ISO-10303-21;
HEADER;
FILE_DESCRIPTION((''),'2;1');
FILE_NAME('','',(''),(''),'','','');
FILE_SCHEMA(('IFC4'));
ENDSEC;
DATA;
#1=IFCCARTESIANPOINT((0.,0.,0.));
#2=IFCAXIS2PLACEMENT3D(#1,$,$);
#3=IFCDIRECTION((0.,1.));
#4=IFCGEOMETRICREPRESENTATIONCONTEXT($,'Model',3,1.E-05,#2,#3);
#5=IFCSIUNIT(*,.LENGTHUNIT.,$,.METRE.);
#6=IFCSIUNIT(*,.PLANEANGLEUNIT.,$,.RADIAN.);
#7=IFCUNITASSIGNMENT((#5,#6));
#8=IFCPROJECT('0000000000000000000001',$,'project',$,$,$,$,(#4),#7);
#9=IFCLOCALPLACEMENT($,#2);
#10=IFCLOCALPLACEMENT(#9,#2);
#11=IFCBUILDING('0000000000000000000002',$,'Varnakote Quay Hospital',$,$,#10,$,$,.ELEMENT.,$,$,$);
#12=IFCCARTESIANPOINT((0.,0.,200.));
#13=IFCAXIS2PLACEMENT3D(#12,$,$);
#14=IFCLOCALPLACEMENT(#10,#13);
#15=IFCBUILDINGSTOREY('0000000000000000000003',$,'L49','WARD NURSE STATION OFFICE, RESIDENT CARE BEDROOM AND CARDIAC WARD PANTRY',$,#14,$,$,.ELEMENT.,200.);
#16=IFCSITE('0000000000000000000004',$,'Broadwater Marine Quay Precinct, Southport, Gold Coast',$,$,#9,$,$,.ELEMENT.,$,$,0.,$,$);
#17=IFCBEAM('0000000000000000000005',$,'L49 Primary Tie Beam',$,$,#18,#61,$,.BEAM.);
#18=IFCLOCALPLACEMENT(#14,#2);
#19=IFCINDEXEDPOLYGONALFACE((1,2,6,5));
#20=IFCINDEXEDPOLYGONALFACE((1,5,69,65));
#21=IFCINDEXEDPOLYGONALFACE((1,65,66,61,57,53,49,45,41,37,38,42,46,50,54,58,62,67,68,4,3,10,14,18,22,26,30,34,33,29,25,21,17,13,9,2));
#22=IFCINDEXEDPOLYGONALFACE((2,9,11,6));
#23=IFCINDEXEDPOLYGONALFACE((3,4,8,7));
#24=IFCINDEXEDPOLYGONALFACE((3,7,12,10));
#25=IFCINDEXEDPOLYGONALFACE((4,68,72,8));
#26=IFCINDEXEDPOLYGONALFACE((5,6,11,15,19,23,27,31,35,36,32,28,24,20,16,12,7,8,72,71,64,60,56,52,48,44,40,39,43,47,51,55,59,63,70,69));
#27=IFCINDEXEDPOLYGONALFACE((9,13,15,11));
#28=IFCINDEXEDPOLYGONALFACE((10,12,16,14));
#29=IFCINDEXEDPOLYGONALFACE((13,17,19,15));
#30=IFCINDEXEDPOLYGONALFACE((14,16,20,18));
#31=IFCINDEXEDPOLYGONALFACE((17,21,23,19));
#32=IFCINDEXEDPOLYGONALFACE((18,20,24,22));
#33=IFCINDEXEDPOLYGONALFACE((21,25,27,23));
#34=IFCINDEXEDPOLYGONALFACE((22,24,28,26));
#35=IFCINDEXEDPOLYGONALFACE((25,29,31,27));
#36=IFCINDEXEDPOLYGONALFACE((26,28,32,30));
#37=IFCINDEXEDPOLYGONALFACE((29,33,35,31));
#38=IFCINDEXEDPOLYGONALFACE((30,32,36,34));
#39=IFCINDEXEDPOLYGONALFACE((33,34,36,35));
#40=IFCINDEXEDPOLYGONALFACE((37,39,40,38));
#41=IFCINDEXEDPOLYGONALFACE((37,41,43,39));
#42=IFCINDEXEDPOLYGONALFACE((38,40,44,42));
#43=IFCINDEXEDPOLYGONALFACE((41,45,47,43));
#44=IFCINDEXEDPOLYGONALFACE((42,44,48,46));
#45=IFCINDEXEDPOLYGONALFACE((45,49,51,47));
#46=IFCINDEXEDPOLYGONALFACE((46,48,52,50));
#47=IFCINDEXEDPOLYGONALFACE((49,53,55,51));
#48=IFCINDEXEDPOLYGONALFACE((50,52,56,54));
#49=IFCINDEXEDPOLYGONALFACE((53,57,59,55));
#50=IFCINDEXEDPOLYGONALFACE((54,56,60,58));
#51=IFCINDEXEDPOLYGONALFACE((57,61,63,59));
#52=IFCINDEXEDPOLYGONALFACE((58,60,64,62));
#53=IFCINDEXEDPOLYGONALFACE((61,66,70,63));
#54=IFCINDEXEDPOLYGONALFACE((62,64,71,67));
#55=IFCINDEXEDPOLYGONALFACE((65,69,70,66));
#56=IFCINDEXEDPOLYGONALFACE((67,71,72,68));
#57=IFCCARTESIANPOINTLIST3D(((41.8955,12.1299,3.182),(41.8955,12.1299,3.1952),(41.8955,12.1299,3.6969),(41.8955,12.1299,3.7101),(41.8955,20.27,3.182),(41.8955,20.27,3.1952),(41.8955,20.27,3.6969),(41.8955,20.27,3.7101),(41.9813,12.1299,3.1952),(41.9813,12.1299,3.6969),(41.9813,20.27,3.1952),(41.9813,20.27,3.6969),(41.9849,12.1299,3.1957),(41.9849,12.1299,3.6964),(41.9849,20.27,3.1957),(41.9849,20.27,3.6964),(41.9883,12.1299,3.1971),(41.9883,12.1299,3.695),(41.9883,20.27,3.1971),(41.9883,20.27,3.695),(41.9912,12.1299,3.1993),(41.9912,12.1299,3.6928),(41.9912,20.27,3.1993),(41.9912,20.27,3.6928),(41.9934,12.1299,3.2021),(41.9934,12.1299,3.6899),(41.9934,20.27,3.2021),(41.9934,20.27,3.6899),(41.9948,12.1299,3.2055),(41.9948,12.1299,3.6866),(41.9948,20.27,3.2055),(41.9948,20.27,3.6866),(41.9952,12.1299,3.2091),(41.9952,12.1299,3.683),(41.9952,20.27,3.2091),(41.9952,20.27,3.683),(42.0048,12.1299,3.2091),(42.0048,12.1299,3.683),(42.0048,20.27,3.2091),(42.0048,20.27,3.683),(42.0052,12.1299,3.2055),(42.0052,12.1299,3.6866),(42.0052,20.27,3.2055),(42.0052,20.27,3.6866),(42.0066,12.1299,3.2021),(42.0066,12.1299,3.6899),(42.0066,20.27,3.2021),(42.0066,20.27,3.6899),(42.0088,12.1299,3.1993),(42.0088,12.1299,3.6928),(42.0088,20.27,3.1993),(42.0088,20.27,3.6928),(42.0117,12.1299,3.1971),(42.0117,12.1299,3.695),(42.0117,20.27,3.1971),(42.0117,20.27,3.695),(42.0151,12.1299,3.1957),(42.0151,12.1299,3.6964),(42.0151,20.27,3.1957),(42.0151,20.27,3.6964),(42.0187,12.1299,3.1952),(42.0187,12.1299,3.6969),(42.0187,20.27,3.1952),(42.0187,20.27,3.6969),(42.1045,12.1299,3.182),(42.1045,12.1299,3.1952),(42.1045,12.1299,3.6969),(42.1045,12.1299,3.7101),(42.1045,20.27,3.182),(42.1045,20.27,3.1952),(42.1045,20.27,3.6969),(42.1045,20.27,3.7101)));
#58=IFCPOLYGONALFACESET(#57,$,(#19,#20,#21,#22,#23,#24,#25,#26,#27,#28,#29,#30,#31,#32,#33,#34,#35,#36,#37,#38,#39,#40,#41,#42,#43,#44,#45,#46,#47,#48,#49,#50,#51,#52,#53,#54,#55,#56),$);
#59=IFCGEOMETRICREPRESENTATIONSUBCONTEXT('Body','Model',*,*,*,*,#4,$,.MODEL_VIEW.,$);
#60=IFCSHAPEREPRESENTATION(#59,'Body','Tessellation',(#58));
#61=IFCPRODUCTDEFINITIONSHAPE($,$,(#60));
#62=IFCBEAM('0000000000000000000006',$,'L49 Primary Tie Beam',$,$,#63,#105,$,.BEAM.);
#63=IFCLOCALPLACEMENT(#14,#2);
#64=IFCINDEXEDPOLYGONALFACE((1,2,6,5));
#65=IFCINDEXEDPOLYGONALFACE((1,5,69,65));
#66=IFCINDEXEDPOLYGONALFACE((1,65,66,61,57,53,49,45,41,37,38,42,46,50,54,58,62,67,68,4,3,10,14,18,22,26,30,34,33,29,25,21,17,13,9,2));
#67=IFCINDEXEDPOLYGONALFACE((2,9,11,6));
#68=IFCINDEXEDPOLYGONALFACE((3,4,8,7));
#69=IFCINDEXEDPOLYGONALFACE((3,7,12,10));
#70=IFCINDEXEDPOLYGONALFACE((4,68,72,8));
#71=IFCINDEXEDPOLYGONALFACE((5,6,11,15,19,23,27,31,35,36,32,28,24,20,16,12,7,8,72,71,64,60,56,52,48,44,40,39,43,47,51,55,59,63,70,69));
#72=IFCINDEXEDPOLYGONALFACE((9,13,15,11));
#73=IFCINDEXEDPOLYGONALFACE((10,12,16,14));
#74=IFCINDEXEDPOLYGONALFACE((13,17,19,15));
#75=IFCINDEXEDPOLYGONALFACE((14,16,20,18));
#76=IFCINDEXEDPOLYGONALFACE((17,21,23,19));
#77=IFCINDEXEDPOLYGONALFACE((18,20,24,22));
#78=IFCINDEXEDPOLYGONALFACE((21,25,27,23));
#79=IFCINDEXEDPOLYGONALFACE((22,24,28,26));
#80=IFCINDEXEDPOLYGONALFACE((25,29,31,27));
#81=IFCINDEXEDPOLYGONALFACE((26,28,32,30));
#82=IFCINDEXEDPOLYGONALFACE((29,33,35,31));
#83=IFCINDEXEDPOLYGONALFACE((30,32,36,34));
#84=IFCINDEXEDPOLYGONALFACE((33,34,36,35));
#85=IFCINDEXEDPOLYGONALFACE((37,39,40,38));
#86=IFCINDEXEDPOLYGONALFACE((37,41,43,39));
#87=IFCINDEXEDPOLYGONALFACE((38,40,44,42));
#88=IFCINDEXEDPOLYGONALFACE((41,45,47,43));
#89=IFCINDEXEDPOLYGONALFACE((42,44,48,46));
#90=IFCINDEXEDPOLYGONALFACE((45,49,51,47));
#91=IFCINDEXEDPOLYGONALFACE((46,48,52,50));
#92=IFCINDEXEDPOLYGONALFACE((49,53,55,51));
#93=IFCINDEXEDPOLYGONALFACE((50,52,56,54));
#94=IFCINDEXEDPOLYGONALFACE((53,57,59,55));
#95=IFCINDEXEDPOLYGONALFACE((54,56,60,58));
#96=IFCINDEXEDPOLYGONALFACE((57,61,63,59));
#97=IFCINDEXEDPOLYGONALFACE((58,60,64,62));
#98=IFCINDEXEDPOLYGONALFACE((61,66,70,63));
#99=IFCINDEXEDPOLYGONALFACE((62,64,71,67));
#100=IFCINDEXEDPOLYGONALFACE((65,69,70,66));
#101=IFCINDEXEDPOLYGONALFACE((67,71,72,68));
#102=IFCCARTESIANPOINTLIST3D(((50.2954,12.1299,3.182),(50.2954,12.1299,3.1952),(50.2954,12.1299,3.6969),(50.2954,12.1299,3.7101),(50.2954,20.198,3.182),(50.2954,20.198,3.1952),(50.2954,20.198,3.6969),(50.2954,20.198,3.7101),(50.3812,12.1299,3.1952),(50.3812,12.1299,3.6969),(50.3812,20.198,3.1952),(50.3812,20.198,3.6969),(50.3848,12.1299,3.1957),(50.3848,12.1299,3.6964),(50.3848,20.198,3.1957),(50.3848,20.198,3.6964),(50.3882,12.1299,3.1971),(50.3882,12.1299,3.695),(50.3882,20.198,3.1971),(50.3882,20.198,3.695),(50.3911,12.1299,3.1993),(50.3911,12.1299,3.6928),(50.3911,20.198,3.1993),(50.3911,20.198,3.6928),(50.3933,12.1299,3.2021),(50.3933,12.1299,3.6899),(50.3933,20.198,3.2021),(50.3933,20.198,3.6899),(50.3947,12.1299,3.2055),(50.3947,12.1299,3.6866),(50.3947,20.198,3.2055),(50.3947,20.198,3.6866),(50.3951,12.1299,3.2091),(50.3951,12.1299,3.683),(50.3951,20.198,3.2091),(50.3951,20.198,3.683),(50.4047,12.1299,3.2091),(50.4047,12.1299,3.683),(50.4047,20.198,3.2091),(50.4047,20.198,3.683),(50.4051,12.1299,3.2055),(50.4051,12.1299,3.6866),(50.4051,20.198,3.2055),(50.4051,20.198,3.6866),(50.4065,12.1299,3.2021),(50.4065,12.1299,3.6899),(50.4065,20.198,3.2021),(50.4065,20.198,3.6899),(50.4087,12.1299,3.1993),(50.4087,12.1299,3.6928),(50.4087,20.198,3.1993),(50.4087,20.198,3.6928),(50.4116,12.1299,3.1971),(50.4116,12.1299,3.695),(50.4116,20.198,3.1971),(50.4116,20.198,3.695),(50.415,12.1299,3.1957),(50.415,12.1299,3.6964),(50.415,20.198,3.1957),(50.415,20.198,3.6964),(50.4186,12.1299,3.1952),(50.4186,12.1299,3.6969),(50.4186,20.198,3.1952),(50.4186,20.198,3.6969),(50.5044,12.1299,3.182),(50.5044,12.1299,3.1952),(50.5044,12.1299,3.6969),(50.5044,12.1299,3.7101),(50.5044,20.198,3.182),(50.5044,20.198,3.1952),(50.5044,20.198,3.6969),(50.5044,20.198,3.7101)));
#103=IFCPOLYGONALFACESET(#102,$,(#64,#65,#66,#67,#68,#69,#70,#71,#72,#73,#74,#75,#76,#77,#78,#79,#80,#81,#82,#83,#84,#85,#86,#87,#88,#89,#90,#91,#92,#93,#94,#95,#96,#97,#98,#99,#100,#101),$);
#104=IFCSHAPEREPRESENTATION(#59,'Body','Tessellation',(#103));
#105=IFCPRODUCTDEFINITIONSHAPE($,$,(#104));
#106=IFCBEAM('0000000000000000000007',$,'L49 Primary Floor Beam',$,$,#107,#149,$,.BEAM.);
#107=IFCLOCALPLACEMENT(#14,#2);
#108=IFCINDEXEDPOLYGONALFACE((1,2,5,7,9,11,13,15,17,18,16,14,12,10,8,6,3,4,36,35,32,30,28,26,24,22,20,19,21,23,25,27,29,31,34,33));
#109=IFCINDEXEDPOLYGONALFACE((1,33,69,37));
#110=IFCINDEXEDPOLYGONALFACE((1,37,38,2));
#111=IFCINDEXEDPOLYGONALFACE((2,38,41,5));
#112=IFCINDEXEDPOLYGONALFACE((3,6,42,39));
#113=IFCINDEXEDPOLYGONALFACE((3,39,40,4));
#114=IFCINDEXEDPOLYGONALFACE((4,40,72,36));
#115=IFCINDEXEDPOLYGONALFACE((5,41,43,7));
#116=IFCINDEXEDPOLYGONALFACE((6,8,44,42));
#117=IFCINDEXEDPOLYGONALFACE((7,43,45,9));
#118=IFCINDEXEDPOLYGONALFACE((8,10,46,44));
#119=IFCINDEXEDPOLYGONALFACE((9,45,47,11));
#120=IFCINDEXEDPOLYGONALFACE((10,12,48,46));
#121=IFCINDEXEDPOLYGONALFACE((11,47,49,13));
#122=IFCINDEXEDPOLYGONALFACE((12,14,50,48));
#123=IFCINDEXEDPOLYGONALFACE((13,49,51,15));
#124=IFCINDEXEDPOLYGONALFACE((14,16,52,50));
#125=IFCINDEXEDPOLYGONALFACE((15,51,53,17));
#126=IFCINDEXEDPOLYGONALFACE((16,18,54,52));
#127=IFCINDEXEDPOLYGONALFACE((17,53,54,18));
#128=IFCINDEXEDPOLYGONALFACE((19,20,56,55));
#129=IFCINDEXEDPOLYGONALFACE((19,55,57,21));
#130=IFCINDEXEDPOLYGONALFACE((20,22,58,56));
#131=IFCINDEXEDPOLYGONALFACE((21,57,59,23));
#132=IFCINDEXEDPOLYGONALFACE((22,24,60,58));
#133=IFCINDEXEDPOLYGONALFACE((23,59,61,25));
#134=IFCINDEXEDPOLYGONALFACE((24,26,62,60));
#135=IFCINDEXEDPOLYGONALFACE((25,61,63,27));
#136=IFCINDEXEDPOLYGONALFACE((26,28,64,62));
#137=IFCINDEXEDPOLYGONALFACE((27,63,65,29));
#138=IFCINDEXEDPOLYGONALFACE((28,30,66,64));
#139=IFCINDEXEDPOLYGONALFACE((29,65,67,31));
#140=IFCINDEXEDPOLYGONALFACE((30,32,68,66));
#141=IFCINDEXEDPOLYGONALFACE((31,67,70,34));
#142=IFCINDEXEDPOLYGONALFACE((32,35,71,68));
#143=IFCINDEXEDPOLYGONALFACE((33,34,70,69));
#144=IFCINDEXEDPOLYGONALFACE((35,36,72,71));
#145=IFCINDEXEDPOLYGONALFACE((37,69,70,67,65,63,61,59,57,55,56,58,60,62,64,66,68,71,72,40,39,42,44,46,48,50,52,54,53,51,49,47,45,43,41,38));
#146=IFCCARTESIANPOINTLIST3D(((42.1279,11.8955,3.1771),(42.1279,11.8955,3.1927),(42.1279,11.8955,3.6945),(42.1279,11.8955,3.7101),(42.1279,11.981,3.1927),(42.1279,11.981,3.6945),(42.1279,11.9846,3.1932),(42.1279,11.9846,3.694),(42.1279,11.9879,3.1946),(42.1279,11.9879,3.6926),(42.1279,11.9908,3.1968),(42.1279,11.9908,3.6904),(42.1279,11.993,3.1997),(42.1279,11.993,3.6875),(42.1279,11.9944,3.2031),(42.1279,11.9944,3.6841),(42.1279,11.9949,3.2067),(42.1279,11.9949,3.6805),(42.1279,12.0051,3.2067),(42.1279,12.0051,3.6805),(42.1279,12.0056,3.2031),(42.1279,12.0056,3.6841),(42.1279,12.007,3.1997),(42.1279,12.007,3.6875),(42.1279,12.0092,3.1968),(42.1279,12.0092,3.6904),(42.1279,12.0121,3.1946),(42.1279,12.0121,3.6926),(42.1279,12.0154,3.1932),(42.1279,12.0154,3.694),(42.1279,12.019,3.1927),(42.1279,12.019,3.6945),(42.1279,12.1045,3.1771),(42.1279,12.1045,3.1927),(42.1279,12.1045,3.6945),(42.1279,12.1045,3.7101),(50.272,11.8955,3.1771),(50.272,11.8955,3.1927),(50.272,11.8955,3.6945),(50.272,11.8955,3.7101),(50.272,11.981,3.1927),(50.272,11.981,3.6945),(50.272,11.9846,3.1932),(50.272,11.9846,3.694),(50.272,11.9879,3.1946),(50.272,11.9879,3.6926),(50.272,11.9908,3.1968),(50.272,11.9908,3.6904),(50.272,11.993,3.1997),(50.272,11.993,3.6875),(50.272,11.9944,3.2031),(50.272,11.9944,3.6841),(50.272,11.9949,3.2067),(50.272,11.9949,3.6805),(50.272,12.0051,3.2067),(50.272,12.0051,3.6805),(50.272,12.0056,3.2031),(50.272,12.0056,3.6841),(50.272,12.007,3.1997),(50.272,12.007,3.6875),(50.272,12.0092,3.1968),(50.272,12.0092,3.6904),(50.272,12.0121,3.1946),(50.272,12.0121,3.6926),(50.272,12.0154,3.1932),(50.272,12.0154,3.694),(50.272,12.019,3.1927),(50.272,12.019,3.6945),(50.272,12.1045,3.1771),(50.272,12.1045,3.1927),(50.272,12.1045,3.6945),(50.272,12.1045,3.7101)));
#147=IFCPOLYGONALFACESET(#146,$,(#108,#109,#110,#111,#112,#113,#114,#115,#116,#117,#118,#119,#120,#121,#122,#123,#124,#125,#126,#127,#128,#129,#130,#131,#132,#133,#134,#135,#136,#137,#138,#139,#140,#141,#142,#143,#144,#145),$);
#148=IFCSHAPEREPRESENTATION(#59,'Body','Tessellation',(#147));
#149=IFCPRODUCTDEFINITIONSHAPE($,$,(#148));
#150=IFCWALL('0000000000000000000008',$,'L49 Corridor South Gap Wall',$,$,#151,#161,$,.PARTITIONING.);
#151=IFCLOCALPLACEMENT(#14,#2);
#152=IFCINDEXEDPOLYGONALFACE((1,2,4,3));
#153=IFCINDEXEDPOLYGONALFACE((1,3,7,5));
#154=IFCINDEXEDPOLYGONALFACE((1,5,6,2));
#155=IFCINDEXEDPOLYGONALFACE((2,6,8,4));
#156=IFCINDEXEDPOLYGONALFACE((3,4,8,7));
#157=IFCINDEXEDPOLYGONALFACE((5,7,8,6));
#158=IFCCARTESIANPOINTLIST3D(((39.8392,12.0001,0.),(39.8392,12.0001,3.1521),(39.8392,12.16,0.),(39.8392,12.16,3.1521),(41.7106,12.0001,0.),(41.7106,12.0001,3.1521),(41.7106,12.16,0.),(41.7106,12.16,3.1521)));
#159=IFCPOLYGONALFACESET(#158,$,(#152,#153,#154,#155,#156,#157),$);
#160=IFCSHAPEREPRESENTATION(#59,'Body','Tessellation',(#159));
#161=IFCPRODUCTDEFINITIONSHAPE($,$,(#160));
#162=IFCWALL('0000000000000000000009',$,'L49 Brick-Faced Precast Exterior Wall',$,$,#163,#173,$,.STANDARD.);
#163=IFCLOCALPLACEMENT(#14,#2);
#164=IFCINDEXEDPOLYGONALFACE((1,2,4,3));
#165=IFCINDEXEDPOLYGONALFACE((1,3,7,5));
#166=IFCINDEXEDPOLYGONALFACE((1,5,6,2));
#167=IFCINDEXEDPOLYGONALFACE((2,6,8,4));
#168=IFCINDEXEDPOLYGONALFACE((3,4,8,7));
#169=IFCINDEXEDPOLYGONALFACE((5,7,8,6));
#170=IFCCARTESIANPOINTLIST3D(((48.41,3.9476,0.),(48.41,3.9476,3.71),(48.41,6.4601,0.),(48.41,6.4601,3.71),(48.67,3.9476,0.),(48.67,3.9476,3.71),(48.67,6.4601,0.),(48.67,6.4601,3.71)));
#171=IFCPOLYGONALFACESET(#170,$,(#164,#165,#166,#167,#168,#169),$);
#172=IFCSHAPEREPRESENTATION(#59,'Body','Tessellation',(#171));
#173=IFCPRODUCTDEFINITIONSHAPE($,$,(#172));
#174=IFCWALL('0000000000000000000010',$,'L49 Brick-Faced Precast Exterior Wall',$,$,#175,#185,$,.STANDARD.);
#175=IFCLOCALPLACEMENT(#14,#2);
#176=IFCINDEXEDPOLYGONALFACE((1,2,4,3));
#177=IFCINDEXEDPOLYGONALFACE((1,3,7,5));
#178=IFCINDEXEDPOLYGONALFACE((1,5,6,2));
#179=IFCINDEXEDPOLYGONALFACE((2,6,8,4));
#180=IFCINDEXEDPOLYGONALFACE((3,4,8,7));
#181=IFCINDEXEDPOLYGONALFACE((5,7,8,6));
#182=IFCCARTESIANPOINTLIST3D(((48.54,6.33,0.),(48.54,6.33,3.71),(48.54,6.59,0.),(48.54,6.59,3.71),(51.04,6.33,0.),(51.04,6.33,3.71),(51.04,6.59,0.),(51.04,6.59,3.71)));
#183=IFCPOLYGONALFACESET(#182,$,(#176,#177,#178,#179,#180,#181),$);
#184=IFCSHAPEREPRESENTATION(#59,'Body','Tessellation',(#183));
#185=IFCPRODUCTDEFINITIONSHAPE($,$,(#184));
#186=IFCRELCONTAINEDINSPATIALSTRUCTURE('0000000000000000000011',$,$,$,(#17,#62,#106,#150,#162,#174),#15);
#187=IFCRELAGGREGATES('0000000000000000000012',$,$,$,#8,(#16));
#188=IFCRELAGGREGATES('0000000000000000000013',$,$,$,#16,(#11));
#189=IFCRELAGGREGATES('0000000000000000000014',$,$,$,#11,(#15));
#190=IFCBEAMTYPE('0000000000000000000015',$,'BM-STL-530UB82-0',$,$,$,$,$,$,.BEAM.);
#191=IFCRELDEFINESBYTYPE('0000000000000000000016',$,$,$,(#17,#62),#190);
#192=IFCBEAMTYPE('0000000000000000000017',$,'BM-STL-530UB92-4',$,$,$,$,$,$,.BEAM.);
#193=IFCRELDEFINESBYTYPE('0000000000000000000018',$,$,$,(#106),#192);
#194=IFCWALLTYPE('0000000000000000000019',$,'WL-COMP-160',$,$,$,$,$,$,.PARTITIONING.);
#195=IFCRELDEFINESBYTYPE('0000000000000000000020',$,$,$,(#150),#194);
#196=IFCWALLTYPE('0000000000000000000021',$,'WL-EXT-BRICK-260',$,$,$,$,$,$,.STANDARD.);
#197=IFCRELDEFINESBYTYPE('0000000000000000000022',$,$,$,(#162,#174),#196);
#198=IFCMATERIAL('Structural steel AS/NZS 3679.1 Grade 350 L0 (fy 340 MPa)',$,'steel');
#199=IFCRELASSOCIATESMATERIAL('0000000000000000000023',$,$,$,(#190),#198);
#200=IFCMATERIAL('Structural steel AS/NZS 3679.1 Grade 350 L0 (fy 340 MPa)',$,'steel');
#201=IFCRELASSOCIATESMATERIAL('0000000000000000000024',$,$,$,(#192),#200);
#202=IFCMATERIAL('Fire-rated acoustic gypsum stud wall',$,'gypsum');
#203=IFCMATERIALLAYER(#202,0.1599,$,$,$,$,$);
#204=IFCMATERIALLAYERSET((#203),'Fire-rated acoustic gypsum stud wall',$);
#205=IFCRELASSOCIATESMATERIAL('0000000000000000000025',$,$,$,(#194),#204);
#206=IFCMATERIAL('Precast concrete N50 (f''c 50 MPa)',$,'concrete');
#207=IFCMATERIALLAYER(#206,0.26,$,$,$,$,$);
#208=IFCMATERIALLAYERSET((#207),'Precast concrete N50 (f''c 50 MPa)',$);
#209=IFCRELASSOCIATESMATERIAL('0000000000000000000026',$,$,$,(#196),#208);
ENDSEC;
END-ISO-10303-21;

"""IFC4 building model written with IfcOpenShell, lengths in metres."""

from ifc_helpers import new_model, si_unit, direction, frame, frame_2d, origin, origin_2d, place, context, subcontext, project, spatial, rectangle, i_section, extrude, material, layer, layer_set, material_profile, profile_set, type_object, element, save


model = new_model("IFC4")

# Units and contexts
model_context = context("Model", 3, precision=1e-05, world=origin(), true_north=direction((0.0, 1.0)))
body_context = subcontext(model_context, "Body", "Model", "MODEL_VIEW")
ifc_project = project(units=[si_unit("LENGTHUNIT", "METRE"), si_unit("PLANEANGLEUNIT", "RADIAN")], contexts=[model_context])

# Site, building, storey
site_placement = place(None, origin())
site = spatial("IfcSite", under=ifc_project, at=site_placement, Name="Broadwater Marine Quay Precinct, Southport, Gold Coast", CompositionType="ELEMENT", RefElevation=0.0)
building_placement = place(site_placement, origin())
building = spatial("IfcBuilding", under=site, at=building_placement, Name="Varnakote Quay Hospital", CompositionType="ELEMENT")
storey_placement = place(building_placement, frame((0.0, 0.0, 200.0)))
storey = spatial("IfcBuildingStorey", under=building, at=storey_placement, Name="L49", Description="WARD NURSE STATION OFFICE, RESIDENT CARE BEDROOM AND CARDIAC WARD PANTRY", CompositionType="ELEMENT", Elevation=200.0)

# Beams
ifc_material_1 = material(Name="Structural steel AS/NZS 3679.1 Grade 350 L0 (fy 340 MPa)", Category="steel")
ifc_material_profile_1 = material_profile(ifc_material_1, i_section(OverallWidth=0.209, OverallDepth=0.5281, WebThickness=0.0095, FlangeThickness=0.0132, FilletRadius=0.0139, at=origin_2d()), Name="530UB82.0")
ifc_profile_set_1 = profile_set([ifc_material_profile_1], Name="Structural steel AS/NZS 3679.1 Grade 350 L0 (fy 340 MPa)")
beam_type_1 = type_object("IfcBeamType", Name="BM-STL-530UB82-0", PredefinedType="BEAM", material=ifc_profile_set_1)
beam_1_placement = place(storey_placement, frame((42.0, 12.1299, 3.446), z_axis=(0.0, 1.0, 0.0), x_axis=(-1.0, 0.0, 0.0)))
element("IfcBeam", 1, at=beam_1_placement, inside=storey, type_object=beam_type_1, Name="L49 Primary Tie Beam", PredefinedType="BEAM", context=body_context, shape_type="SweptSolid", body=[
    extrude(i_section(OverallWidth=0.209, OverallDepth=0.5281, WebThickness=0.0095, FlangeThickness=0.0132, FilletRadius=0.0139, at=origin_2d()), origin(), (0.0, 0.0, 1.0), 8.1401),
])
beam_2_placement = place(storey_placement, frame((50.3999, 12.1299, 3.446), z_axis=(0.0, 1.0, 0.0), x_axis=(-1.0, 0.0, 0.0)))
element("IfcBeam", 2, at=beam_2_placement, inside=storey, type_object=beam_type_1, Name="L49 Primary Tie Beam", PredefinedType="BEAM", context=body_context, shape_type="SweptSolid", body=[
    extrude(i_section(OverallWidth=0.209, OverallDepth=0.5281, WebThickness=0.0095, FlangeThickness=0.0132, FilletRadius=0.0139, at=origin_2d()), origin(), (0.0, 0.0, 1.0), 8.0681),
])
ifc_material_2 = material(Name="Structural steel AS/NZS 3679.1 Grade 350 L0 (fy 340 MPa)", Category="steel")
ifc_material_profile_2 = material_profile(ifc_material_2, i_section(OverallWidth=0.209, OverallDepth=0.533, WebThickness=0.0103, FlangeThickness=0.0156, FilletRadius=0.0139, at=origin_2d()), Name="530UB92.4")
ifc_profile_set_2 = profile_set([ifc_material_profile_2], Name="Structural steel AS/NZS 3679.1 Grade 350 L0 (fy 340 MPa)")
beam_type_2 = type_object("IfcBeamType", Name="BM-STL-530UB92-4", PredefinedType="BEAM", material=ifc_profile_set_2)
beam_3_placement = place(storey_placement, frame((42.1279, 12.0, 3.4436), z_axis=(1.0, 0.0, 0.0), x_axis=(0.0, 1.0, 0.0)))
element("IfcBeam", 3, at=beam_3_placement, inside=storey, type_object=beam_type_2, Name="L49 Primary Floor Beam", PredefinedType="BEAM", context=body_context, shape_type="SweptSolid", body=[
    extrude(i_section(OverallWidth=0.209, OverallDepth=0.533, WebThickness=0.0103, FlangeThickness=0.0156, FilletRadius=0.0139, at=origin_2d()), origin(), (0.0, 0.0, 1.0), 8.144),
])

# Walls
ifc_material_3 = material(Name="Fire-rated acoustic gypsum stud wall", Category="gypsum")
ifc_layer_1 = layer(ifc_material_3, 0.1599)
ifc_layer_set_1 = layer_set([ifc_layer_1], Name="Fire-rated acoustic gypsum stud wall")
wall_type_1 = type_object("IfcWallType", Name="WL-COMP-160", PredefinedType="PARTITIONING", material=ifc_layer_set_1)
wall_1_placement = place(storey_placement, frame((39.8394, 12.0801, 0.0), z_axis=(0.0, 0.0, 1.0), x_axis=(1.0, 0.0, 0.0)))
element("IfcWall", 4, at=wall_1_placement, inside=storey, type_object=wall_type_1, Name="L49 Corridor South Gap Wall", PredefinedType="PARTITIONING", context=body_context, shape_type="SweptSolid", body=[
    extrude(rectangle(XDim=1.8713, YDim=0.1599, at=frame_2d((0.9355, 0.0))), origin(), (0.0, 0.0, 1.0), 3.1521),
])
ifc_material_4 = material(Name="Precast concrete N50 (f'c 50 MPa)", Category="concrete")
ifc_layer_2 = layer(ifc_material_4, 0.26)
ifc_layer_set_2 = layer_set([ifc_layer_2], Name="Precast concrete N50 (f'c 50 MPa)")
wall_type_2 = type_object("IfcWallType", Name="WL-EXT-BRICK-260", PredefinedType="STANDARD", material=ifc_layer_set_2)
wall_2_placement = place(storey_placement, frame((48.54, 3.9475, 0.0), z_axis=(0.0, 0.0, 1.0), x_axis=(0.0, 1.0, 0.0)))
element("IfcWall", 5, at=wall_2_placement, inside=storey, type_object=wall_type_2, Name="L49 Brick-Faced Precast Exterior Wall", PredefinedType="STANDARD", context=body_context, shape_type="SweptSolid", body=[
    extrude(rectangle(XDim=2.5125, YDim=0.26, at=frame_2d((1.2563, 0.0))), origin(), (0.0, 0.0, 1.0), 3.71),
])
wall_3_placement = place(storey_placement, frame((48.54, 6.46, 0.0), z_axis=(0.0, 0.0, 1.0), x_axis=(1.0, 0.0, 0.0)))
element("IfcWall", 6, at=wall_3_placement, inside=storey, type_object=wall_type_2, Name="L49 Brick-Faced Precast Exterior Wall", PredefinedType="STANDARD", context=body_context, shape_type="SweptSolid", body=[
    extrude(rectangle(XDim=2.5, YDim=0.26, at=frame_2d((1.25, 0.0))), origin(), (0.0, 0.0, 1.0), 3.71),
])

save(model, "model.ifc")
